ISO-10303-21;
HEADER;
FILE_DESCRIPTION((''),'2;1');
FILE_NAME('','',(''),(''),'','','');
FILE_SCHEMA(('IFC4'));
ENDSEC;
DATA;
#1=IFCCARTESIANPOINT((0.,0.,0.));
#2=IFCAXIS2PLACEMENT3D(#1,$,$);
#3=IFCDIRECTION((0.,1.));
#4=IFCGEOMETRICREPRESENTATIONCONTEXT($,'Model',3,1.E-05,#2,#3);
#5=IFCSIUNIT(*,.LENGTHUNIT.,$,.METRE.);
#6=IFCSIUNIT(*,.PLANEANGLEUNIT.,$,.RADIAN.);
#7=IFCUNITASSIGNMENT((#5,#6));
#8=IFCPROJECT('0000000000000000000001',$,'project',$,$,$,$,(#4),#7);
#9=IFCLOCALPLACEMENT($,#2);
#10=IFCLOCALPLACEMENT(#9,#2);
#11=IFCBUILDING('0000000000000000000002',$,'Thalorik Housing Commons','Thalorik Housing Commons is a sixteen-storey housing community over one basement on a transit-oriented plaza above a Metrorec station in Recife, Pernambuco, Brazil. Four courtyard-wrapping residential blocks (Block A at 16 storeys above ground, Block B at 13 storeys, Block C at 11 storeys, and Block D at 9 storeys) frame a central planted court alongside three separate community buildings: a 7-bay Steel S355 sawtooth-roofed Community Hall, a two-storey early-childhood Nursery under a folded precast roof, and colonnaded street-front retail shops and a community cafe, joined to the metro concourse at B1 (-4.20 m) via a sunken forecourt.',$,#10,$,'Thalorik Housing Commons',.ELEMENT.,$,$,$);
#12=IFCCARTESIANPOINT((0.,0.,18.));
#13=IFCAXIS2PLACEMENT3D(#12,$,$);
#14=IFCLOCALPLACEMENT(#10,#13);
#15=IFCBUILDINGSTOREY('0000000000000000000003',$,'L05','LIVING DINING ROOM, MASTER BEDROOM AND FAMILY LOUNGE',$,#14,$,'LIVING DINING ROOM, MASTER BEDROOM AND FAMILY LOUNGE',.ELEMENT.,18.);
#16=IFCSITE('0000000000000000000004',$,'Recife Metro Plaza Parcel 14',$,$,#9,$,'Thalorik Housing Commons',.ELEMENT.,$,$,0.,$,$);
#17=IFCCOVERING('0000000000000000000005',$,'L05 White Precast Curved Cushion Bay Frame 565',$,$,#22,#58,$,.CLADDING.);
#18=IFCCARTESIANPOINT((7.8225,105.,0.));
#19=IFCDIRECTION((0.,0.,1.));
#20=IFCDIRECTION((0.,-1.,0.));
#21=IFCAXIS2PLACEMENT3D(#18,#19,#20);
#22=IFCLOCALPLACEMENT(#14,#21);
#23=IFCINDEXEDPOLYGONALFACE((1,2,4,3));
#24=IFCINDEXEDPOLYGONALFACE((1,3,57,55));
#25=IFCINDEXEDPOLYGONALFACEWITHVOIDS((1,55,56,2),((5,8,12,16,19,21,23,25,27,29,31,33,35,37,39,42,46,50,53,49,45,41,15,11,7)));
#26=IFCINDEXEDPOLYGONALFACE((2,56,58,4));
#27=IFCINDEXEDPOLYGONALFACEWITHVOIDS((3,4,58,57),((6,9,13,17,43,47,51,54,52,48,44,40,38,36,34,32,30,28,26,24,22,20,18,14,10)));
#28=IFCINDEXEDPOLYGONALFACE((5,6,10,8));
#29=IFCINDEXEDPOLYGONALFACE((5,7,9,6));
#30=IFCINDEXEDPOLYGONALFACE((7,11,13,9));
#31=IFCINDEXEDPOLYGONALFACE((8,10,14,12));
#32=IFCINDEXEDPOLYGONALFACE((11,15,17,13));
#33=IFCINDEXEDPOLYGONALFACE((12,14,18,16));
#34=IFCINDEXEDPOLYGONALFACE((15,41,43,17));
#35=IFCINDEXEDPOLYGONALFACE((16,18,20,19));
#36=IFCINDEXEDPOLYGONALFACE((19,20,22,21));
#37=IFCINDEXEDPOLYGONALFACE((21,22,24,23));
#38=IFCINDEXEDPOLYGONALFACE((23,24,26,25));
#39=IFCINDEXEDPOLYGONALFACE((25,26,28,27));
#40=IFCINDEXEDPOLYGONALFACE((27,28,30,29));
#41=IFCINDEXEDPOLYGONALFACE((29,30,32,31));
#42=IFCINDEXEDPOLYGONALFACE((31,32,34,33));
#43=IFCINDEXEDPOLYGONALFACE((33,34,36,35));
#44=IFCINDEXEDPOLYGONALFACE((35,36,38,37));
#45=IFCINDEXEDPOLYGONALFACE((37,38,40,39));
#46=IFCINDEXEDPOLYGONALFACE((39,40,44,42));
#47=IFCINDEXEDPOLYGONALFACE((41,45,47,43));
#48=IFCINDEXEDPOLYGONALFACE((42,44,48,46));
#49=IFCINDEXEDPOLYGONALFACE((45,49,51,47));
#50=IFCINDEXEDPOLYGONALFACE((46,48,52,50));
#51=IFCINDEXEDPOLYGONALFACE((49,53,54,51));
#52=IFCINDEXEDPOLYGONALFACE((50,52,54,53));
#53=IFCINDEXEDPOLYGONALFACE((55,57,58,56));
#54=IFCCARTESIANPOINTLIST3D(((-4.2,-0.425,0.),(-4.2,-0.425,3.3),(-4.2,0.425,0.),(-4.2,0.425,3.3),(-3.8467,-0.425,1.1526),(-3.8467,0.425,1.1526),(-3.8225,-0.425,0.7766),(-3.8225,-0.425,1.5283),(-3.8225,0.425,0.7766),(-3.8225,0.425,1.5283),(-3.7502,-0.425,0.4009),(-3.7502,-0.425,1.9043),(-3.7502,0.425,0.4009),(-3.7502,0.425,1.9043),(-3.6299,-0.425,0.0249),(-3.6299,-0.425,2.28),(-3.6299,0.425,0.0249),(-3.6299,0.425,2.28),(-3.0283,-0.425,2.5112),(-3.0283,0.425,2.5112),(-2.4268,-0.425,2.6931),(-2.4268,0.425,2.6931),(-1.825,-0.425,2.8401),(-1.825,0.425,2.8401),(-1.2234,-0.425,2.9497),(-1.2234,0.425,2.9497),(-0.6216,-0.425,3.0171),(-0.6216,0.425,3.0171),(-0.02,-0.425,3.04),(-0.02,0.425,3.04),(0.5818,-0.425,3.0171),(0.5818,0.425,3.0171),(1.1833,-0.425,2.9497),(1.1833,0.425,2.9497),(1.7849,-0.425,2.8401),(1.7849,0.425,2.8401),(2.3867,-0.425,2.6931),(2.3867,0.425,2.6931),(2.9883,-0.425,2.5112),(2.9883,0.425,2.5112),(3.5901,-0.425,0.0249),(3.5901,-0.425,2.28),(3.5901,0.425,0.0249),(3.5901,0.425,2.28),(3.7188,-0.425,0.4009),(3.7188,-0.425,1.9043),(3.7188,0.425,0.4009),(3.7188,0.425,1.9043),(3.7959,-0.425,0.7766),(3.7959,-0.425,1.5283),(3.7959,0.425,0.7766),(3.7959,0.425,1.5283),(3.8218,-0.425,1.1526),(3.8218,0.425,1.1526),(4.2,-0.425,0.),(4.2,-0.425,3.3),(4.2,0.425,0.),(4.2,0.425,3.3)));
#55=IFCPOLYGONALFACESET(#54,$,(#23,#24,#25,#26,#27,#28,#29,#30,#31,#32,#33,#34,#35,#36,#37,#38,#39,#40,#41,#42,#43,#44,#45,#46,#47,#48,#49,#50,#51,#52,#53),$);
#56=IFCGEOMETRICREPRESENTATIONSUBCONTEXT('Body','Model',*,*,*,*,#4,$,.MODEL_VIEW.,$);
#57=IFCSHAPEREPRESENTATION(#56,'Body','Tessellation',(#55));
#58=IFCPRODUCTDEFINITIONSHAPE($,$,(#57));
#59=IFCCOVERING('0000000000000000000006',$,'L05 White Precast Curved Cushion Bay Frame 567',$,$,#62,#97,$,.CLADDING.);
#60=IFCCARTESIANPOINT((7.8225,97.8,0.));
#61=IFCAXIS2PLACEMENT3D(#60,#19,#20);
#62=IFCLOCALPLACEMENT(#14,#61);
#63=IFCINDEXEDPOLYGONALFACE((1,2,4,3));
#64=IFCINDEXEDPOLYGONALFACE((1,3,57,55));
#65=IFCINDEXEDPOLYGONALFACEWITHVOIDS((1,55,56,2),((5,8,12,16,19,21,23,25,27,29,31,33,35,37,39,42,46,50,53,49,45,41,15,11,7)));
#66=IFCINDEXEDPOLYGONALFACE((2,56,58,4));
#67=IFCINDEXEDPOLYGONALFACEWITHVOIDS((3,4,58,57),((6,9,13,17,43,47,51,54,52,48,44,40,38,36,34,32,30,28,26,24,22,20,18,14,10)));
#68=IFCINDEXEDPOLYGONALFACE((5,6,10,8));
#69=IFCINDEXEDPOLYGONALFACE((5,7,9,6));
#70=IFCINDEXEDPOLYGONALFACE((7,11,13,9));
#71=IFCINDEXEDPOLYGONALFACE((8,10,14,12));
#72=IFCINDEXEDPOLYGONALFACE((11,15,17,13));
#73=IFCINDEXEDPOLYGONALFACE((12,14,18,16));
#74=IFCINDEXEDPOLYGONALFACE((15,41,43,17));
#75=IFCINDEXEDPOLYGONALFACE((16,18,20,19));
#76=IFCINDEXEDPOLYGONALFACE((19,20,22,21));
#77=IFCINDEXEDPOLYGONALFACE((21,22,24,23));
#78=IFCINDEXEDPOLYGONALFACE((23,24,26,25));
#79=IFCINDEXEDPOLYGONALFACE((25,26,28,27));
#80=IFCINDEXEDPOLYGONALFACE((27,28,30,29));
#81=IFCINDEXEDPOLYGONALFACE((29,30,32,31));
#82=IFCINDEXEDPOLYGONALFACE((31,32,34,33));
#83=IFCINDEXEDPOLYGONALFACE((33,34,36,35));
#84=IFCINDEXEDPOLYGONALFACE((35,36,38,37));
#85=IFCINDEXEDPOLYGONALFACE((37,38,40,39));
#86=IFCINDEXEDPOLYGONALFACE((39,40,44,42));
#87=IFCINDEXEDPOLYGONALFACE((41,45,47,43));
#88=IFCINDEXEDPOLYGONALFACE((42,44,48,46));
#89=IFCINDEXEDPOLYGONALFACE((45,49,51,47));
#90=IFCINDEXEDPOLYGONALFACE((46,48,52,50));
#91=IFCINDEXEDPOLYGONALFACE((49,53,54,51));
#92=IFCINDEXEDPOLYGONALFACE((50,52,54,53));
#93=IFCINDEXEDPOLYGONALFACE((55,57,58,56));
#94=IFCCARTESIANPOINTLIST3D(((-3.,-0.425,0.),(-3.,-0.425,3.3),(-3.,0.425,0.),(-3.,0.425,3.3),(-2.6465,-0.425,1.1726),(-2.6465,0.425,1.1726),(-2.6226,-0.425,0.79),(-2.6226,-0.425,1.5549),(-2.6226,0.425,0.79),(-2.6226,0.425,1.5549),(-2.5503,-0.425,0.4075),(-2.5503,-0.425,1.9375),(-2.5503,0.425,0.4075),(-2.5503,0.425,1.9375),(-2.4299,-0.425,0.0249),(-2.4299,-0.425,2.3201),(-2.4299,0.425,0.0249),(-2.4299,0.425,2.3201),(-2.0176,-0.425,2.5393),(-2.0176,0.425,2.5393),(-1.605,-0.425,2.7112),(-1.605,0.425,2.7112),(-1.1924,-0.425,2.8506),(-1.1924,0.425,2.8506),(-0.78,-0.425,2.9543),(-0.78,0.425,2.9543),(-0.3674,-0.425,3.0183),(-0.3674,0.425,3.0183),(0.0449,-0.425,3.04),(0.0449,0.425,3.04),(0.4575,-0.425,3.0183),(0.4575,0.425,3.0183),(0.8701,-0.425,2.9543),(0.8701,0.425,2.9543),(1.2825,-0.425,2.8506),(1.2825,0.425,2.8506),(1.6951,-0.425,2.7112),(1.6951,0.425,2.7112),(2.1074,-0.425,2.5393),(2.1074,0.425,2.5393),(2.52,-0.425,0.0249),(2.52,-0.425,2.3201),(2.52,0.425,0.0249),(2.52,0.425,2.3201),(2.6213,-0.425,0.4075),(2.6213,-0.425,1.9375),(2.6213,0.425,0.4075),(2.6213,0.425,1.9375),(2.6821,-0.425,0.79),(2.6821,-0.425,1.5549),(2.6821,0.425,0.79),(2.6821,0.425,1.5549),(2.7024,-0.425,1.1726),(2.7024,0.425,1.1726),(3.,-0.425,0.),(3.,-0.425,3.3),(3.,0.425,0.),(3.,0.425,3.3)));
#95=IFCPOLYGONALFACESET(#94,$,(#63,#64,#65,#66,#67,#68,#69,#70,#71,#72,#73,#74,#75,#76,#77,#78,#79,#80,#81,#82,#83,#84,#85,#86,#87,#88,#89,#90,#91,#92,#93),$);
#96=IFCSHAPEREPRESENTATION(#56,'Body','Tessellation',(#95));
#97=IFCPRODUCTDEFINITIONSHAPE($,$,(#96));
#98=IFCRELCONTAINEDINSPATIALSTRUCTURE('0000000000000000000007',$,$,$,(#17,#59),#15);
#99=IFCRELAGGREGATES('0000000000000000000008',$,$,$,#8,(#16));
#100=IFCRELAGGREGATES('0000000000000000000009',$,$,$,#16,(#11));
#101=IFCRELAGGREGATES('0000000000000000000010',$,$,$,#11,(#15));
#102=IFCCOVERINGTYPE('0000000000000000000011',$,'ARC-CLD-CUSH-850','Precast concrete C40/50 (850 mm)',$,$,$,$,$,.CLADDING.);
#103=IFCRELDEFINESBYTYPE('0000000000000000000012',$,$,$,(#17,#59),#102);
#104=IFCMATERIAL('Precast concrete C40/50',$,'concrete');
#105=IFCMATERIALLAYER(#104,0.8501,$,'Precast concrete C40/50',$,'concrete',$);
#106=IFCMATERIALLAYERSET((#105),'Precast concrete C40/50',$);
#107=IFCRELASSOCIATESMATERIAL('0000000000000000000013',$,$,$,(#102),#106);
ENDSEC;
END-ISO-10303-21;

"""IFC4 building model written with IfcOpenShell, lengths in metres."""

from ifc_helpers import new_model, si_unit, direction, frame, origin, place, context, subcontext, project, spatial, polyline, outline, extrude, material, layer, layer_set, type_object, element, save


model = new_model("IFC4")

# Units and contexts
model_context = context("Model", 3, precision=1e-05, world=origin(), true_north=direction((0.0, 1.0)))
body_context = subcontext(model_context, "Body", "Model", "MODEL_VIEW")
ifc_project = project(units=[si_unit("LENGTHUNIT", "METRE"), si_unit("PLANEANGLEUNIT", "RADIAN")], contexts=[model_context])

# Site, building, storey
site_placement = place(None, origin())
site = spatial("IfcSite", under=ifc_project, at=site_placement, Name="Recife Metro Plaza Parcel 14", LongName="Thalorik Housing Commons", CompositionType="ELEMENT", RefElevation=0.0)
building_placement = place(site_placement, origin())
building = spatial("IfcBuilding", under=site, at=building_placement, Name="Thalorik Housing Commons", Description="Thalorik Housing Commons is a sixteen-storey housing community over one basement on a transit-oriented plaza above a Metrorec station in Recife, Pernambuco, Brazil. Four courtyard-wrapping residential blocks (Block A at 16 storeys above ground, Block B at 13 storeys, Block C at 11 storeys, and Block D at 9 storeys) frame a central planted court alongside three separate community buildings: a 7-bay Steel S355 sawtooth-roofed Community Hall, a two-storey early-childhood Nursery under a folded precast roof, and colonnaded street-front retail shops and a community cafe, joined to the metro concourse at B1 (-4.20 m) via a sunken forecourt.", LongName="Thalorik Housing Commons", CompositionType="ELEMENT")
storey_placement = place(building_placement, frame((0.0, 0.0, 18.0)))
storey = spatial("IfcBuildingStorey", under=building, at=storey_placement, Name="L05", Description="LIVING DINING ROOM, MASTER BEDROOM AND FAMILY LOUNGE", LongName="LIVING DINING ROOM, MASTER BEDROOM AND FAMILY LOUNGE", CompositionType="ELEMENT", Elevation=18.0)

# Shared definitions
ifc_material_1 = material(Name="Precast concrete C40/50", Category="concrete")

# Coverings
ifc_layer_1 = layer(ifc_material_1, 0.8501, Name="Precast concrete C40/50", Category="concrete")
ifc_layer_set_1 = layer_set([ifc_layer_1], Name="Precast concrete C40/50")
covering_type_1 = type_object("IfcCoveringType", Name="ARC-CLD-CUSH-850", Description="Precast concrete C40/50 (850 mm)", PredefinedType="CLADDING", material=ifc_layer_set_1)
covering_1_placement = place(storey_placement, frame((7.8225, 105.0, 0.0), z_axis=(0.0, 0.0, 1.0), x_axis=(0.0, -1.0, 0.0)))
element("IfcCovering", 1, at=covering_1_placement, inside=storey, type_object=covering_type_1, Name="L05 White Precast Curved Cushion Bay Frame 565", PredefinedType="CLADDING", context=body_context, shape_type="SweptSolid", body=[
    extrude(outline(polyline([(-4.2, 0.0), (4.2, 0.0), (4.2, 3.3), (-4.2, 3.3), (-4.2, 0.0)]), holes=[polyline([(3.5901, 0.0249), (3.7188, 0.4009), (3.7959, 0.7766), (3.8218, 1.1526), (3.7959, 1.5283), (3.7188, 1.9043), (3.5901, 2.28), (2.9883, 2.5112), (2.3867, 2.6931), (1.7849, 2.8401), (1.1833, 2.9497), (0.5818, 3.0171), (-0.02, 3.04), (-0.6216, 3.0171), (-1.2234, 2.9497), (-1.825, 2.8401), (-2.4268, 2.6931), (-3.0283, 2.5112), (-3.6299, 2.28), (-3.7502, 1.9043), (-3.8225, 1.5283), (-3.8467, 1.1526), (-3.8225, 0.7766), (-3.7502, 0.4009), (-3.6299, 0.0249), (3.5901, 0.0249)])]), frame((0.0, 0.425, 0.0), z_axis=(0.0, -1.0, 0.0), x_axis=(1.0, 0.0, 0.0)), (0.0, 0.0, 1.0), 0.8501),
])
covering_2_placement = place(storey_placement, frame((7.8225, 97.8, 0.0), z_axis=(0.0, 0.0, 1.0), x_axis=(0.0, -1.0, 0.0)))
element("IfcCovering", 2, at=covering_2_placement, inside=storey, type_object=covering_type_1, Name="L05 White Precast Curved Cushion Bay Frame 567", PredefinedType="CLADDING", context=body_context, shape_type="SweptSolid", body=[
    extrude(outline(polyline([(-3.0, 0.0), (3.0, 0.0), (3.0, 3.3), (-3.0, 3.3), (-3.0, 0.0)]), holes=[polyline([(2.52, 0.0249), (2.6213, 0.4075), (2.6821, 0.79), (2.7024, 1.1726), (2.6821, 1.5549), (2.6213, 1.9375), (2.52, 2.3201), (2.1074, 2.5393), (1.6951, 2.7112), (1.2825, 2.8506), (0.8701, 2.9543), (0.4575, 3.0183), (0.0449, 3.04), (-0.3674, 3.0183), (-0.78, 2.9543), (-1.1924, 2.8506), (-1.605, 2.7112), (-2.0176, 2.5393), (-2.4299, 2.3201), (-2.5503, 1.9375), (-2.6226, 1.5549), (-2.6465, 1.1726), (-2.6226, 0.79), (-2.5503, 0.4075), (-2.4299, 0.0249), (2.52, 0.0249)])]), frame((0.0, 0.425, 0.0), z_axis=(0.0, -1.0, 0.0), x_axis=(1.0, 0.0, 0.0)), (0.0, 0.0, 1.0), 0.8501),
])

save(model, "model.ifc")
